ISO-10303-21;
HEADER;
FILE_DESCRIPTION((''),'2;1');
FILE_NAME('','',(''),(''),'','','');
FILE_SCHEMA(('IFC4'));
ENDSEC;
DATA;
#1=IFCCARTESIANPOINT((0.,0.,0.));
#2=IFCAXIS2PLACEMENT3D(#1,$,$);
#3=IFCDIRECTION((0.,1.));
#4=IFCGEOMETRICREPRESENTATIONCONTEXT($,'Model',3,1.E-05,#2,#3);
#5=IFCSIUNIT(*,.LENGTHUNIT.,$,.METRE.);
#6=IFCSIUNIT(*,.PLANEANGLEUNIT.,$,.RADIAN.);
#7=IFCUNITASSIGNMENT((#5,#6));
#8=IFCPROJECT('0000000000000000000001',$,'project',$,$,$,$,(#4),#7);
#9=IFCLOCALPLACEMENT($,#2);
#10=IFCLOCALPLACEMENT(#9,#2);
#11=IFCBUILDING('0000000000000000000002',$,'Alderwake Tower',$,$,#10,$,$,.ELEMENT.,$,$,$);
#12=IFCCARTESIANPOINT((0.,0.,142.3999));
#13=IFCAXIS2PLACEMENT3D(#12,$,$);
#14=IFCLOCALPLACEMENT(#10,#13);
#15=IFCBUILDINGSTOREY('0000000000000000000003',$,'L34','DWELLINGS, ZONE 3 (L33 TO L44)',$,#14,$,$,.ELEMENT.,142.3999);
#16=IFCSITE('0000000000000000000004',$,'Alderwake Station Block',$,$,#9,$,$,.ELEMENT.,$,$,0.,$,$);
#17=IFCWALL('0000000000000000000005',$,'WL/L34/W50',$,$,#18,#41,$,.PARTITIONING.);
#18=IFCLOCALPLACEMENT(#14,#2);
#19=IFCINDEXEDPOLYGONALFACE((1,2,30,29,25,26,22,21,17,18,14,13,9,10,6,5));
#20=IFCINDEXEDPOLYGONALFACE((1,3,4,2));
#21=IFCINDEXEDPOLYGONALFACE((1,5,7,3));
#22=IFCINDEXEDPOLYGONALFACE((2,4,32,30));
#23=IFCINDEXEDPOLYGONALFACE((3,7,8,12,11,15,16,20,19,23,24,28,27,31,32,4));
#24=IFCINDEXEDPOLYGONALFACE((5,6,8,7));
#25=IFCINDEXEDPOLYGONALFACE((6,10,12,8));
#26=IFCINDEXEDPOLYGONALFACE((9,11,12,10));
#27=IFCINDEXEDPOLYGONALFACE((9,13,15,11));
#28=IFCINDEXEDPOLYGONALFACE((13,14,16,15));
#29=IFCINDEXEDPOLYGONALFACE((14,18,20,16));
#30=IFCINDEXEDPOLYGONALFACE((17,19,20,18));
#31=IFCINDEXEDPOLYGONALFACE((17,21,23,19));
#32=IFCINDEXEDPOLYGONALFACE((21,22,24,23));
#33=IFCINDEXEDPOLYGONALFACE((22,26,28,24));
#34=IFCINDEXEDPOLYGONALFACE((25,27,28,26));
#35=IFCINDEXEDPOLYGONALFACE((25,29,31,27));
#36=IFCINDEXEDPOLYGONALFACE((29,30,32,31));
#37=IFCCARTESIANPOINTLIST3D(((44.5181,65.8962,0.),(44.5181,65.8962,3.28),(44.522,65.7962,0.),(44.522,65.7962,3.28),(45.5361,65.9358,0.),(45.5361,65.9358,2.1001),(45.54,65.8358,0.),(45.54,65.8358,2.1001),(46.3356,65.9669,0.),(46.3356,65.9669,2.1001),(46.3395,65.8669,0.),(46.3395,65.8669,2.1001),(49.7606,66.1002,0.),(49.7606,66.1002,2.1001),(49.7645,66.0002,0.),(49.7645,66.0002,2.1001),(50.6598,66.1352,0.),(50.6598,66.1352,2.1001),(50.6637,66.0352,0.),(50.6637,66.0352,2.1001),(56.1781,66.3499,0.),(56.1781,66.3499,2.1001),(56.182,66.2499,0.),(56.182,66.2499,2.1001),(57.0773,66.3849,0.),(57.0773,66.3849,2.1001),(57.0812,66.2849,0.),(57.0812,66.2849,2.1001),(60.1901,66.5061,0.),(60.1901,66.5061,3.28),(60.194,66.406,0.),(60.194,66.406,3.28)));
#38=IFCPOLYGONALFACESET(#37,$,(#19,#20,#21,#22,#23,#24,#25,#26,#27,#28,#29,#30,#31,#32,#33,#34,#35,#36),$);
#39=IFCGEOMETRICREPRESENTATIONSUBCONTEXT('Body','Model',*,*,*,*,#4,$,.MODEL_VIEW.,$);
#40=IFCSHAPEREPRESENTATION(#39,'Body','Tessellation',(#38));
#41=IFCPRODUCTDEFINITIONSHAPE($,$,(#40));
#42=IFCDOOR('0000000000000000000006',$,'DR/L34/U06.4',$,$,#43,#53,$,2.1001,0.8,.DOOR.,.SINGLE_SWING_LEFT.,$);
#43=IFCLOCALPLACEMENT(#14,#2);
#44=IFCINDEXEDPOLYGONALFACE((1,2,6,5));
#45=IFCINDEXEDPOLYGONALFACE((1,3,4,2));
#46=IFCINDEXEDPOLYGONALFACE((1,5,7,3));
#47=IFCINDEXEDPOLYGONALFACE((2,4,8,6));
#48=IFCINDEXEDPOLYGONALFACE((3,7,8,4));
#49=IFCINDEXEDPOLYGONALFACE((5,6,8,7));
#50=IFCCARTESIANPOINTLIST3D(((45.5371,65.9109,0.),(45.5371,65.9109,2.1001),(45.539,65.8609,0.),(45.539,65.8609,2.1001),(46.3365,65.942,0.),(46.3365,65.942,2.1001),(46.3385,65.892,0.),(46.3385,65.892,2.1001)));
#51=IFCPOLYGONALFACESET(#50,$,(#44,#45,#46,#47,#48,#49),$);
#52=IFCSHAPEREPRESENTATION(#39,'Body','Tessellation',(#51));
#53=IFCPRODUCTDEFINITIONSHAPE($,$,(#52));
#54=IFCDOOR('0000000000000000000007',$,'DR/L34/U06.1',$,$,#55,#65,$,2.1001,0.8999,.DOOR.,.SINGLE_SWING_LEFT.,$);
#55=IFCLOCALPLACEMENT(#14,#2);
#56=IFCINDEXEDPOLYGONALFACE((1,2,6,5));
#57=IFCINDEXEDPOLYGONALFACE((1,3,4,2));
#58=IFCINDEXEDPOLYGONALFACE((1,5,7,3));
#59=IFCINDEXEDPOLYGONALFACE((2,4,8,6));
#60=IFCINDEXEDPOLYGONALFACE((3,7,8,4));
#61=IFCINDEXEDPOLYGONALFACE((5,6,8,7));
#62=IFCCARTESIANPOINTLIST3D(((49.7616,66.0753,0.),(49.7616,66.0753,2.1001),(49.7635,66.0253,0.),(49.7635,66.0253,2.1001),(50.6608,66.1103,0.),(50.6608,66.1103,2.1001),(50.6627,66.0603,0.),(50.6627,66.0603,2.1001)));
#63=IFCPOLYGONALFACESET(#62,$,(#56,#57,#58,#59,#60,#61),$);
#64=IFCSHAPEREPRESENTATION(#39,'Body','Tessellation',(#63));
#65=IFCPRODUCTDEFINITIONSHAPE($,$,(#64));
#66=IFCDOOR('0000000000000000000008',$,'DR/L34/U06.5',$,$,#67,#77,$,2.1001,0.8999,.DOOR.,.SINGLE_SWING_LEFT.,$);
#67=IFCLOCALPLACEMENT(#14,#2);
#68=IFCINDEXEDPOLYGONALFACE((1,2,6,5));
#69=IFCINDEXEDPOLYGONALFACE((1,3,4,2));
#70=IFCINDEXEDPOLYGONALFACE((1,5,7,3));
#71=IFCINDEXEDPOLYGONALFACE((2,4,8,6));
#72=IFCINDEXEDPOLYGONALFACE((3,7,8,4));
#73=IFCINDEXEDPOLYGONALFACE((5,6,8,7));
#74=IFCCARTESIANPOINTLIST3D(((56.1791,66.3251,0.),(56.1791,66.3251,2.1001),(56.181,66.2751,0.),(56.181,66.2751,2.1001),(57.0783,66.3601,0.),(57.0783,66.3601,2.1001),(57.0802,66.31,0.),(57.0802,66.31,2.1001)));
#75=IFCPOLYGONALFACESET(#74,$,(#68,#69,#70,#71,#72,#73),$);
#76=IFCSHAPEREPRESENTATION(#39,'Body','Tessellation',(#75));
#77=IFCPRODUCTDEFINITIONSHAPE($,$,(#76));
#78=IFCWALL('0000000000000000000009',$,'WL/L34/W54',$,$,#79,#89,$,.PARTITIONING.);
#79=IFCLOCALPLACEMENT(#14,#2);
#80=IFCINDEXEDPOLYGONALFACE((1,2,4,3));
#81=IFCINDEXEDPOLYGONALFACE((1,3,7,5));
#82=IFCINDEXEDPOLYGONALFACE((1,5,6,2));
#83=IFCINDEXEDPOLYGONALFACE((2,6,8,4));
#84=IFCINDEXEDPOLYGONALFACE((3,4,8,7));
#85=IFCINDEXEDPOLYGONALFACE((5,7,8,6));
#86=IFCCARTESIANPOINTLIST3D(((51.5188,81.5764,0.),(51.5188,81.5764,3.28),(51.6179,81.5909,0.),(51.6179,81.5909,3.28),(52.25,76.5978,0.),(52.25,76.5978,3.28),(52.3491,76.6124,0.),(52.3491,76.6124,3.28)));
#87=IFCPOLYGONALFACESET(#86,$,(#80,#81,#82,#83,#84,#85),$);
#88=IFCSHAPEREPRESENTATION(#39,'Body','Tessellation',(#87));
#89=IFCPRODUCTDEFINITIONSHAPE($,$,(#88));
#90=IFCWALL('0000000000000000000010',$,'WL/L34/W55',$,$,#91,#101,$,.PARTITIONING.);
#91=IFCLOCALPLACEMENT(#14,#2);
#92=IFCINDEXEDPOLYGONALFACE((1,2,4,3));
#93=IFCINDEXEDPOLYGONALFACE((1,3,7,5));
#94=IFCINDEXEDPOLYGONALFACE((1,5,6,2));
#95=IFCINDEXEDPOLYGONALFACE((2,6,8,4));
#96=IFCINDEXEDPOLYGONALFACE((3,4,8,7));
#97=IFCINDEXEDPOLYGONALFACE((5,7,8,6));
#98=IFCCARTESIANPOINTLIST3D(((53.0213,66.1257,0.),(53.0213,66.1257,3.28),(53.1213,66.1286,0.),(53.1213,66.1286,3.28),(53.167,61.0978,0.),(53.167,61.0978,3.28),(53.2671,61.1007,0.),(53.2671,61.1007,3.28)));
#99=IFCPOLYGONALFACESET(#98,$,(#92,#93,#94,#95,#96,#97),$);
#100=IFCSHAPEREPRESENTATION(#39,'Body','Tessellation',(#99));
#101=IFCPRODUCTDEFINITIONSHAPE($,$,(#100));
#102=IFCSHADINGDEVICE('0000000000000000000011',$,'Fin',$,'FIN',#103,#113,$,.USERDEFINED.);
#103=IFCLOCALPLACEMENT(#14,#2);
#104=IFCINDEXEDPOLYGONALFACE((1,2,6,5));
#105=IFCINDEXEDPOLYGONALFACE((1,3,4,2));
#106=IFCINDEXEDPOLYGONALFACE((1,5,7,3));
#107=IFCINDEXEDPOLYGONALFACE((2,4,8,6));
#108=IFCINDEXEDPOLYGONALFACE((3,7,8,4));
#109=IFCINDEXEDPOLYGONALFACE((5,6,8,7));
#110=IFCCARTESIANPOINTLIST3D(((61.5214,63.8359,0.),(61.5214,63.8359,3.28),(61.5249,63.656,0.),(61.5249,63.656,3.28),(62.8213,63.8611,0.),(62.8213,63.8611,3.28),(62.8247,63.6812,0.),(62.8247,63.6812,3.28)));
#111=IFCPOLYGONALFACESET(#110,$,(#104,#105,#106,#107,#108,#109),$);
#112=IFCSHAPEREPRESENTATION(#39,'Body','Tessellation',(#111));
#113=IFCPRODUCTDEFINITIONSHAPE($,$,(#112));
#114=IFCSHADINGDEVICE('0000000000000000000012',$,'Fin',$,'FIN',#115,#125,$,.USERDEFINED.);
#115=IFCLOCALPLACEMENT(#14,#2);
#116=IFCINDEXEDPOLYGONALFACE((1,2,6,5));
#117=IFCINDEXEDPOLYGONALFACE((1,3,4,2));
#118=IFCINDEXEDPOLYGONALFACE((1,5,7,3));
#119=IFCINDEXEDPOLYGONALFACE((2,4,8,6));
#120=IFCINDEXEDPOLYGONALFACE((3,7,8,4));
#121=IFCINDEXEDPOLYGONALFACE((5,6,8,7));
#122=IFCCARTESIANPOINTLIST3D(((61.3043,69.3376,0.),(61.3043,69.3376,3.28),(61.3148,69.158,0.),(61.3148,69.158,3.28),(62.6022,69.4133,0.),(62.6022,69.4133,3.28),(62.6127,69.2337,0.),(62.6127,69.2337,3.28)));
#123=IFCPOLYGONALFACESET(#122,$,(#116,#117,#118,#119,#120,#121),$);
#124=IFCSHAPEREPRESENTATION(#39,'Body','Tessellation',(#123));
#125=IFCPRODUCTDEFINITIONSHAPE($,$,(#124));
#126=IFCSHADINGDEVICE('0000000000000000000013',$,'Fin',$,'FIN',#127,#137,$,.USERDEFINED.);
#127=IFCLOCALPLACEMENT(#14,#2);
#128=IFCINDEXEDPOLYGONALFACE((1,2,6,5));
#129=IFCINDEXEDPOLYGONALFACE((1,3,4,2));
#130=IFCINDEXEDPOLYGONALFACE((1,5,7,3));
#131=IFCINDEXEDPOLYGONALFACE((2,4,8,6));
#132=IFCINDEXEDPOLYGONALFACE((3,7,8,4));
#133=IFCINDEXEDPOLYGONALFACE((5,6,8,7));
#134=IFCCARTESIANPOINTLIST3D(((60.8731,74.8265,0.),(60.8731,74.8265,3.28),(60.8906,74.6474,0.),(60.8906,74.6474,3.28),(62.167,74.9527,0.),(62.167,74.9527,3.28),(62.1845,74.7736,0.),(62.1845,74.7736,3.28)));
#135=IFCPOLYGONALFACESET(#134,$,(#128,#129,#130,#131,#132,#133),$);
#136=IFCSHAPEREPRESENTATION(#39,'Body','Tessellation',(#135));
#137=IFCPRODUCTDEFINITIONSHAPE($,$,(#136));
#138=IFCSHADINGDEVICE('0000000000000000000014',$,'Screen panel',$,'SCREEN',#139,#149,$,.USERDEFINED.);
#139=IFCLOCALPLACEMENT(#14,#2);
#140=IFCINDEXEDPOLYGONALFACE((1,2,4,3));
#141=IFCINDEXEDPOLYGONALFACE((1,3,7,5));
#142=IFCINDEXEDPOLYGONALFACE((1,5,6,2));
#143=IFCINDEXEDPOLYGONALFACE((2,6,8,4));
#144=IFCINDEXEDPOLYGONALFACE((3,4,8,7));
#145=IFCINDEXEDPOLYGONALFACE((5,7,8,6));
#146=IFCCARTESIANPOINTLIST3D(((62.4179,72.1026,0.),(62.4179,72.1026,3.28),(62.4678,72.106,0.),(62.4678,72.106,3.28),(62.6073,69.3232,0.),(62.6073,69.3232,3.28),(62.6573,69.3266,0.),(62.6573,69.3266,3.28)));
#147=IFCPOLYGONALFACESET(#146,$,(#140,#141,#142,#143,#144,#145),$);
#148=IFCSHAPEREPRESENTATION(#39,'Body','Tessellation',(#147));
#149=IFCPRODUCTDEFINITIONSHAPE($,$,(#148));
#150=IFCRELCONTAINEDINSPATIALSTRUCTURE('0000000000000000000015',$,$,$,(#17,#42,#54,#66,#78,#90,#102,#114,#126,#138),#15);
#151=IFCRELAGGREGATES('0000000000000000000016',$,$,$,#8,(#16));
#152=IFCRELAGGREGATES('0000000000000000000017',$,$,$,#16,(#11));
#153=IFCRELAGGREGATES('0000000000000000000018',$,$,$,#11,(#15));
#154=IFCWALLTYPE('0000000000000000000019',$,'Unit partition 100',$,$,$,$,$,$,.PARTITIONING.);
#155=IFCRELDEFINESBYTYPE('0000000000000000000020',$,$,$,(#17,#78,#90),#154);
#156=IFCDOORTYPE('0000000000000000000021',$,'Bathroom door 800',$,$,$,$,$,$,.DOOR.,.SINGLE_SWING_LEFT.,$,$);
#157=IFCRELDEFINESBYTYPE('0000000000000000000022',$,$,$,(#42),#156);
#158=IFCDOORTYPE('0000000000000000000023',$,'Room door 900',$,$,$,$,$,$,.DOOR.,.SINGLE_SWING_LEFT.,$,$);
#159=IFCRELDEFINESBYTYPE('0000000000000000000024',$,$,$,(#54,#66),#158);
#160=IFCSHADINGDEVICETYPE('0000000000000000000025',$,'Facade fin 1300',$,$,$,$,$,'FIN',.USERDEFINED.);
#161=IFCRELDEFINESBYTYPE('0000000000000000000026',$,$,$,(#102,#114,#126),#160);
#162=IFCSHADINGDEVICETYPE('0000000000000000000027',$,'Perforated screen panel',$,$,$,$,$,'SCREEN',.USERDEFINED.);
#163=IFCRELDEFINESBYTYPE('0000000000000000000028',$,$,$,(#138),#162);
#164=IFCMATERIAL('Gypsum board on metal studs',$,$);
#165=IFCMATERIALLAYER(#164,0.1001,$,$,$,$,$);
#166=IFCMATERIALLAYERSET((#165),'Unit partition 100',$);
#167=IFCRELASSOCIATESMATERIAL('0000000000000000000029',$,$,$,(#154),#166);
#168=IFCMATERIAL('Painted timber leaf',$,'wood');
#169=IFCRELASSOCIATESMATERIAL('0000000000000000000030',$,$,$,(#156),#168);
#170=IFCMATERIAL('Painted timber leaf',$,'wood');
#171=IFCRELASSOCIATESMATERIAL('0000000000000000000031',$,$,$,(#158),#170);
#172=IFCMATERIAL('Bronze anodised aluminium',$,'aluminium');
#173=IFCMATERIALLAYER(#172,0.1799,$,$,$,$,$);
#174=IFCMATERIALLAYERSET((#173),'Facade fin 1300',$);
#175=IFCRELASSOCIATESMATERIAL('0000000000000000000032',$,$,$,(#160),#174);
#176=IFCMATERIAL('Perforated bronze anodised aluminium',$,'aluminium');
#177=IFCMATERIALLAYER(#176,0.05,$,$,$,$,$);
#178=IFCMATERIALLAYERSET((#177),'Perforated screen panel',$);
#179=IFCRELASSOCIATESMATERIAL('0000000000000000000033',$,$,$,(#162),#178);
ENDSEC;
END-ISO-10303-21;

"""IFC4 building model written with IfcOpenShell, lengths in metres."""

from ifc_helpers import new_model, si_unit, direction, frame, frame_2d, origin, origin_2d, place, context, subcontext, project, spatial, rectangle, extrude, material, layer, layer_set, type_object, element, fill, save


model = new_model("IFC4")

# Units and contexts
model_context = context("Model", 3, precision=1e-05, world=origin(), true_north=direction((0.0, 1.0)))
body_context = subcontext(model_context, "Body", "Model", "MODEL_VIEW")
ifc_project = project(units=[si_unit("LENGTHUNIT", "METRE"), si_unit("PLANEANGLEUNIT", "RADIAN")], contexts=[model_context])

# Site, building, storey
site_placement = place(None, origin())
site = spatial("IfcSite", under=ifc_project, at=site_placement, Name="Alderwake Station Block", CompositionType="ELEMENT", RefElevation=0.0)
building_placement = place(site_placement, origin())
building = spatial("IfcBuilding", under=site, at=building_placement, Name="Alderwake Tower", CompositionType="ELEMENT")
storey_placement = place(building_placement, frame((0.0, 0.0, 142.3999)))
storey = spatial("IfcBuildingStorey", under=building, at=storey_placement, Name="L34", Description="DWELLINGS, ZONE 3 (L33 TO L44)", CompositionType="ELEMENT", Elevation=142.3999)

# Wall, openings, doors
ifc_material_1 = material(Name="Gypsum board on metal studs")
ifc_layer_1 = layer(ifc_material_1, 0.1001)
ifc_layer_set_1 = layer_set([ifc_layer_1], Name="Unit partition 100")
wall_type_1 = type_object("IfcWallType", Name="Unit partition 100", PredefinedType="PARTITIONING", material=ifc_layer_set_1)
wall_1_placement = place(storey_placement, frame((60.1919, 66.4561, 0.0), z_axis=(0.0, 0.0, 1.0), x_axis=(-0.999244, -0.038885, 0.0)))
wall_1 = element("IfcWall", 1, at=wall_1_placement, inside=storey, type_object=wall_type_1, Name="WL/L34/W50", PredefinedType="PARTITIONING", context=body_context, shape_type="SweptSolid", body=[
    extrude(rectangle(XDim=15.6838, YDim=0.1001, at=frame_2d((7.8418, 0.0))), origin(), (0.0, 0.0, 1.0), 3.28),
])
opening_1_placement = place(wall_1_placement, frame((9.5374, 0.0, 0.0)))
opening_1 = element("IfcOpeningElement", 2, at=opening_1_placement, cuts=wall_1, PredefinedType="OPENING", context=body_context, shape_type="SweptSolid", body=[
    extrude(rectangle(XDim=0.8999, YDim=2.1001, at=frame_2d((0.45, 1.05))), frame((0.0, 0.0601, 0.0), z_axis=(0.0, -1.0, 0.0), x_axis=(1.0, 0.0, 0.0)), (0.0, 0.0, 1.0), 0.1201),
])
opening_2_placement = place(wall_1_placement, frame((13.865, 0.0, 0.0)))
opening_2 = element("IfcOpeningElement", 3, at=opening_2_placement, cuts=wall_1, PredefinedType="OPENING", context=body_context, shape_type="SweptSolid", body=[
    extrude(rectangle(XDim=0.8, YDim=2.1001, at=frame_2d((0.3999, 1.05))), frame((0.0, 0.0601, 0.0), z_axis=(0.0, -1.0, 0.0), x_axis=(1.0, 0.0, 0.0)), (0.0, 0.0, 1.0), 0.1201),
])
opening_3_placement = place(wall_1_placement, frame((3.115, 0.0, 0.0)))
opening_3 = element("IfcOpeningElement", 4, at=opening_3_placement, cuts=wall_1, PredefinedType="OPENING", context=body_context, shape_type="SweptSolid", body=[
    extrude(rectangle(XDim=0.8999, YDim=2.1001, at=frame_2d((0.45, 1.05))), frame((0.0, 0.0601, 0.0), z_axis=(0.0, -1.0, 0.0), x_axis=(1.0, 0.0, 0.0)), (0.0, 0.0, 1.0), 0.1201),
])
ifc_material_2 = material(Name="Painted timber leaf", Category="wood")
door_type_1 = type_object("IfcDoorType", Name="Bathroom door 800", OperationType="SINGLE_SWING_LEFT", PredefinedType="DOOR", material=ifc_material_2)
door_1_placement = place(opening_2_placement, origin())
door_1 = element("IfcDoor", 5, at=door_1_placement, inside=storey, type_object=door_type_1, Name="DR/L34/U06.4", OperationType="SINGLE_SWING_LEFT", OverallHeight=2.1001, OverallWidth=0.8, PredefinedType="DOOR", context=body_context, shape_type="SweptSolid", body=[
    extrude(rectangle(XDim=0.8, YDim=2.1001, at=frame_2d((0.3999, 1.05))), frame((0.0, 0.0249, 0.0), z_axis=(0.0, -1.0, 0.0), x_axis=(1.0, 0.0, 0.0)), (0.0, 0.0, 1.0), 0.05),
])
fill(opening_2, door_1)
ifc_material_3 = material(Name="Painted timber leaf", Category="wood")
door_type_2 = type_object("IfcDoorType", Name="Room door 900", OperationType="SINGLE_SWING_LEFT", PredefinedType="DOOR", material=ifc_material_3)
door_2_placement = place(opening_1_placement, origin())
door_2 = element("IfcDoor", 6, at=door_2_placement, inside=storey, type_object=door_type_2, Name="DR/L34/U06.1", OperationType="SINGLE_SWING_LEFT", OverallHeight=2.1001, OverallWidth=0.8999, PredefinedType="DOOR", context=body_context, shape_type="SweptSolid", body=[
    extrude(rectangle(XDim=0.8999, YDim=2.1001, at=frame_2d((0.45, 1.05))), frame((0.0, 0.0249, 0.0), z_axis=(0.0, -1.0, 0.0), x_axis=(1.0, 0.0, 0.0)), (0.0, 0.0, 1.0), 0.05),
])
fill(opening_1, door_2)
door_3_placement = place(opening_3_placement, origin())
door_3 = element("IfcDoor", 7, at=door_3_placement, inside=storey, type_object=door_type_2, Name="DR/L34/U06.5", OperationType="SINGLE_SWING_LEFT", OverallHeight=2.1001, OverallWidth=0.8999, PredefinedType="DOOR", context=body_context, shape_type="SweptSolid", body=[
    extrude(rectangle(XDim=0.8999, YDim=2.1001, at=frame_2d((0.45, 1.05))), frame((0.0, 0.0249, 0.0), z_axis=(0.0, -1.0, 0.0), x_axis=(1.0, 0.0, 0.0)), (0.0, 0.0, 1.0), 0.05),
])
fill(opening_3, door_3)

# Walls
wall_2_placement = place(storey_placement, frame((52.2996, 76.605, 0.0), z_axis=(0.0, 0.0, 1.0), x_axis=(-0.145312, 0.989386, 0.0)))
element("IfcWall", 8, at=wall_2_placement, inside=storey, type_object=wall_type_1, Name="WL/L34/W54", PredefinedType="PARTITIONING", context=body_context, shape_type="SweptSolid", body=[
    extrude(rectangle(XDim=5.032, YDim=0.1001, at=frame_2d((2.5161, 0.0))), origin(), (0.0, 0.0, 1.0), 3.28),
])
wall_3_placement = place(storey_placement, frame((53.217, 61.0991, 0.0), z_axis=(0.0, 0.0, 1.0), x_axis=(-0.028977, 0.99958, 0.0)))
element("IfcWall", 9, at=wall_3_placement, inside=storey, type_object=wall_type_1, Name="WL/L34/W55", PredefinedType="PARTITIONING", context=body_context, shape_type="SweptSolid", body=[
    extrude(rectangle(XDim=5.03, YDim=0.1001, at=frame_2d((2.5151, 0.0))), origin(), (0.0, 0.0, 1.0), 3.28),
])

# Shading devices
ifc_material_4 = material(Name="Bronze anodised aluminium", Category="aluminium")
ifc_layer_2 = layer(ifc_material_4, 0.1799)
ifc_layer_set_2 = layer_set([ifc_layer_2], Name="Facade fin 1300")
shading_device_type_1 = type_object("IfcShadingDeviceType", Name="Facade fin 1300", ElementType="FIN", PredefinedType="USERDEFINED", material=ifc_layer_set_2)
for number, where, z_axis, x_axis, name in (
    (10, (62.1731, 63.7585, 0.0), (0.0, 0.0, 1.0), (0.999812, 0.019398, 0.0), "Fin"),
    (11, (61.9585, 69.2856, 0.0), (0.0, 0.0, 1.0), (0.998301, 0.058266, 0.0), "Fin"),
    (12, (61.5288, 74.8, 0.0), (0.0, 0.0, 1.0), (0.99528, 0.097046, 0.0), "Fin"),
):
    element("IfcShadingDevice", number, at=place(storey_placement, frame(where, z_axis=z_axis, x_axis=x_axis)), inside=storey, type_object=shading_device_type_1, Name=name, ObjectType="FIN", PredefinedType="USERDEFINED", context=body_context, shape_type="SweptSolid", body=[
        extrude(rectangle(XDim=1.3, YDim=0.1799, at=origin_2d()), origin(), (0.0, 0.0, 1.0), 3.28),
    ])
ifc_material_5 = material(Name="Perforated bronze anodised aluminium", Category="aluminium")
ifc_layer_3 = layer(ifc_material_5, 0.05)
ifc_layer_set_3 = layer_set([ifc_layer_3], Name="Perforated screen panel")
shading_device_type_2 = type_object("IfcShadingDeviceType", Name="Perforated screen panel", ElementType="SCREEN", PredefinedType="USERDEFINED", material=ifc_layer_set_3)
shading_device_placement = place(storey_placement, frame((62.5376, 70.7146, 0.0), z_axis=(0.0, 0.0, 1.0), x_axis=(0.997685, 0.067998, 0.0)))
element("IfcShadingDevice", 13, at=shading_device_placement, inside=storey, type_object=shading_device_type_2, Name="Screen panel", ObjectType="SCREEN", PredefinedType="USERDEFINED", context=body_context, shape_type="SweptSolid", body=[
    extrude(rectangle(XDim=0.05, YDim=2.7859, at=origin_2d()), origin(), (0.0, 0.0, 1.0), 3.28),
])

save(model, "model.ifc")
